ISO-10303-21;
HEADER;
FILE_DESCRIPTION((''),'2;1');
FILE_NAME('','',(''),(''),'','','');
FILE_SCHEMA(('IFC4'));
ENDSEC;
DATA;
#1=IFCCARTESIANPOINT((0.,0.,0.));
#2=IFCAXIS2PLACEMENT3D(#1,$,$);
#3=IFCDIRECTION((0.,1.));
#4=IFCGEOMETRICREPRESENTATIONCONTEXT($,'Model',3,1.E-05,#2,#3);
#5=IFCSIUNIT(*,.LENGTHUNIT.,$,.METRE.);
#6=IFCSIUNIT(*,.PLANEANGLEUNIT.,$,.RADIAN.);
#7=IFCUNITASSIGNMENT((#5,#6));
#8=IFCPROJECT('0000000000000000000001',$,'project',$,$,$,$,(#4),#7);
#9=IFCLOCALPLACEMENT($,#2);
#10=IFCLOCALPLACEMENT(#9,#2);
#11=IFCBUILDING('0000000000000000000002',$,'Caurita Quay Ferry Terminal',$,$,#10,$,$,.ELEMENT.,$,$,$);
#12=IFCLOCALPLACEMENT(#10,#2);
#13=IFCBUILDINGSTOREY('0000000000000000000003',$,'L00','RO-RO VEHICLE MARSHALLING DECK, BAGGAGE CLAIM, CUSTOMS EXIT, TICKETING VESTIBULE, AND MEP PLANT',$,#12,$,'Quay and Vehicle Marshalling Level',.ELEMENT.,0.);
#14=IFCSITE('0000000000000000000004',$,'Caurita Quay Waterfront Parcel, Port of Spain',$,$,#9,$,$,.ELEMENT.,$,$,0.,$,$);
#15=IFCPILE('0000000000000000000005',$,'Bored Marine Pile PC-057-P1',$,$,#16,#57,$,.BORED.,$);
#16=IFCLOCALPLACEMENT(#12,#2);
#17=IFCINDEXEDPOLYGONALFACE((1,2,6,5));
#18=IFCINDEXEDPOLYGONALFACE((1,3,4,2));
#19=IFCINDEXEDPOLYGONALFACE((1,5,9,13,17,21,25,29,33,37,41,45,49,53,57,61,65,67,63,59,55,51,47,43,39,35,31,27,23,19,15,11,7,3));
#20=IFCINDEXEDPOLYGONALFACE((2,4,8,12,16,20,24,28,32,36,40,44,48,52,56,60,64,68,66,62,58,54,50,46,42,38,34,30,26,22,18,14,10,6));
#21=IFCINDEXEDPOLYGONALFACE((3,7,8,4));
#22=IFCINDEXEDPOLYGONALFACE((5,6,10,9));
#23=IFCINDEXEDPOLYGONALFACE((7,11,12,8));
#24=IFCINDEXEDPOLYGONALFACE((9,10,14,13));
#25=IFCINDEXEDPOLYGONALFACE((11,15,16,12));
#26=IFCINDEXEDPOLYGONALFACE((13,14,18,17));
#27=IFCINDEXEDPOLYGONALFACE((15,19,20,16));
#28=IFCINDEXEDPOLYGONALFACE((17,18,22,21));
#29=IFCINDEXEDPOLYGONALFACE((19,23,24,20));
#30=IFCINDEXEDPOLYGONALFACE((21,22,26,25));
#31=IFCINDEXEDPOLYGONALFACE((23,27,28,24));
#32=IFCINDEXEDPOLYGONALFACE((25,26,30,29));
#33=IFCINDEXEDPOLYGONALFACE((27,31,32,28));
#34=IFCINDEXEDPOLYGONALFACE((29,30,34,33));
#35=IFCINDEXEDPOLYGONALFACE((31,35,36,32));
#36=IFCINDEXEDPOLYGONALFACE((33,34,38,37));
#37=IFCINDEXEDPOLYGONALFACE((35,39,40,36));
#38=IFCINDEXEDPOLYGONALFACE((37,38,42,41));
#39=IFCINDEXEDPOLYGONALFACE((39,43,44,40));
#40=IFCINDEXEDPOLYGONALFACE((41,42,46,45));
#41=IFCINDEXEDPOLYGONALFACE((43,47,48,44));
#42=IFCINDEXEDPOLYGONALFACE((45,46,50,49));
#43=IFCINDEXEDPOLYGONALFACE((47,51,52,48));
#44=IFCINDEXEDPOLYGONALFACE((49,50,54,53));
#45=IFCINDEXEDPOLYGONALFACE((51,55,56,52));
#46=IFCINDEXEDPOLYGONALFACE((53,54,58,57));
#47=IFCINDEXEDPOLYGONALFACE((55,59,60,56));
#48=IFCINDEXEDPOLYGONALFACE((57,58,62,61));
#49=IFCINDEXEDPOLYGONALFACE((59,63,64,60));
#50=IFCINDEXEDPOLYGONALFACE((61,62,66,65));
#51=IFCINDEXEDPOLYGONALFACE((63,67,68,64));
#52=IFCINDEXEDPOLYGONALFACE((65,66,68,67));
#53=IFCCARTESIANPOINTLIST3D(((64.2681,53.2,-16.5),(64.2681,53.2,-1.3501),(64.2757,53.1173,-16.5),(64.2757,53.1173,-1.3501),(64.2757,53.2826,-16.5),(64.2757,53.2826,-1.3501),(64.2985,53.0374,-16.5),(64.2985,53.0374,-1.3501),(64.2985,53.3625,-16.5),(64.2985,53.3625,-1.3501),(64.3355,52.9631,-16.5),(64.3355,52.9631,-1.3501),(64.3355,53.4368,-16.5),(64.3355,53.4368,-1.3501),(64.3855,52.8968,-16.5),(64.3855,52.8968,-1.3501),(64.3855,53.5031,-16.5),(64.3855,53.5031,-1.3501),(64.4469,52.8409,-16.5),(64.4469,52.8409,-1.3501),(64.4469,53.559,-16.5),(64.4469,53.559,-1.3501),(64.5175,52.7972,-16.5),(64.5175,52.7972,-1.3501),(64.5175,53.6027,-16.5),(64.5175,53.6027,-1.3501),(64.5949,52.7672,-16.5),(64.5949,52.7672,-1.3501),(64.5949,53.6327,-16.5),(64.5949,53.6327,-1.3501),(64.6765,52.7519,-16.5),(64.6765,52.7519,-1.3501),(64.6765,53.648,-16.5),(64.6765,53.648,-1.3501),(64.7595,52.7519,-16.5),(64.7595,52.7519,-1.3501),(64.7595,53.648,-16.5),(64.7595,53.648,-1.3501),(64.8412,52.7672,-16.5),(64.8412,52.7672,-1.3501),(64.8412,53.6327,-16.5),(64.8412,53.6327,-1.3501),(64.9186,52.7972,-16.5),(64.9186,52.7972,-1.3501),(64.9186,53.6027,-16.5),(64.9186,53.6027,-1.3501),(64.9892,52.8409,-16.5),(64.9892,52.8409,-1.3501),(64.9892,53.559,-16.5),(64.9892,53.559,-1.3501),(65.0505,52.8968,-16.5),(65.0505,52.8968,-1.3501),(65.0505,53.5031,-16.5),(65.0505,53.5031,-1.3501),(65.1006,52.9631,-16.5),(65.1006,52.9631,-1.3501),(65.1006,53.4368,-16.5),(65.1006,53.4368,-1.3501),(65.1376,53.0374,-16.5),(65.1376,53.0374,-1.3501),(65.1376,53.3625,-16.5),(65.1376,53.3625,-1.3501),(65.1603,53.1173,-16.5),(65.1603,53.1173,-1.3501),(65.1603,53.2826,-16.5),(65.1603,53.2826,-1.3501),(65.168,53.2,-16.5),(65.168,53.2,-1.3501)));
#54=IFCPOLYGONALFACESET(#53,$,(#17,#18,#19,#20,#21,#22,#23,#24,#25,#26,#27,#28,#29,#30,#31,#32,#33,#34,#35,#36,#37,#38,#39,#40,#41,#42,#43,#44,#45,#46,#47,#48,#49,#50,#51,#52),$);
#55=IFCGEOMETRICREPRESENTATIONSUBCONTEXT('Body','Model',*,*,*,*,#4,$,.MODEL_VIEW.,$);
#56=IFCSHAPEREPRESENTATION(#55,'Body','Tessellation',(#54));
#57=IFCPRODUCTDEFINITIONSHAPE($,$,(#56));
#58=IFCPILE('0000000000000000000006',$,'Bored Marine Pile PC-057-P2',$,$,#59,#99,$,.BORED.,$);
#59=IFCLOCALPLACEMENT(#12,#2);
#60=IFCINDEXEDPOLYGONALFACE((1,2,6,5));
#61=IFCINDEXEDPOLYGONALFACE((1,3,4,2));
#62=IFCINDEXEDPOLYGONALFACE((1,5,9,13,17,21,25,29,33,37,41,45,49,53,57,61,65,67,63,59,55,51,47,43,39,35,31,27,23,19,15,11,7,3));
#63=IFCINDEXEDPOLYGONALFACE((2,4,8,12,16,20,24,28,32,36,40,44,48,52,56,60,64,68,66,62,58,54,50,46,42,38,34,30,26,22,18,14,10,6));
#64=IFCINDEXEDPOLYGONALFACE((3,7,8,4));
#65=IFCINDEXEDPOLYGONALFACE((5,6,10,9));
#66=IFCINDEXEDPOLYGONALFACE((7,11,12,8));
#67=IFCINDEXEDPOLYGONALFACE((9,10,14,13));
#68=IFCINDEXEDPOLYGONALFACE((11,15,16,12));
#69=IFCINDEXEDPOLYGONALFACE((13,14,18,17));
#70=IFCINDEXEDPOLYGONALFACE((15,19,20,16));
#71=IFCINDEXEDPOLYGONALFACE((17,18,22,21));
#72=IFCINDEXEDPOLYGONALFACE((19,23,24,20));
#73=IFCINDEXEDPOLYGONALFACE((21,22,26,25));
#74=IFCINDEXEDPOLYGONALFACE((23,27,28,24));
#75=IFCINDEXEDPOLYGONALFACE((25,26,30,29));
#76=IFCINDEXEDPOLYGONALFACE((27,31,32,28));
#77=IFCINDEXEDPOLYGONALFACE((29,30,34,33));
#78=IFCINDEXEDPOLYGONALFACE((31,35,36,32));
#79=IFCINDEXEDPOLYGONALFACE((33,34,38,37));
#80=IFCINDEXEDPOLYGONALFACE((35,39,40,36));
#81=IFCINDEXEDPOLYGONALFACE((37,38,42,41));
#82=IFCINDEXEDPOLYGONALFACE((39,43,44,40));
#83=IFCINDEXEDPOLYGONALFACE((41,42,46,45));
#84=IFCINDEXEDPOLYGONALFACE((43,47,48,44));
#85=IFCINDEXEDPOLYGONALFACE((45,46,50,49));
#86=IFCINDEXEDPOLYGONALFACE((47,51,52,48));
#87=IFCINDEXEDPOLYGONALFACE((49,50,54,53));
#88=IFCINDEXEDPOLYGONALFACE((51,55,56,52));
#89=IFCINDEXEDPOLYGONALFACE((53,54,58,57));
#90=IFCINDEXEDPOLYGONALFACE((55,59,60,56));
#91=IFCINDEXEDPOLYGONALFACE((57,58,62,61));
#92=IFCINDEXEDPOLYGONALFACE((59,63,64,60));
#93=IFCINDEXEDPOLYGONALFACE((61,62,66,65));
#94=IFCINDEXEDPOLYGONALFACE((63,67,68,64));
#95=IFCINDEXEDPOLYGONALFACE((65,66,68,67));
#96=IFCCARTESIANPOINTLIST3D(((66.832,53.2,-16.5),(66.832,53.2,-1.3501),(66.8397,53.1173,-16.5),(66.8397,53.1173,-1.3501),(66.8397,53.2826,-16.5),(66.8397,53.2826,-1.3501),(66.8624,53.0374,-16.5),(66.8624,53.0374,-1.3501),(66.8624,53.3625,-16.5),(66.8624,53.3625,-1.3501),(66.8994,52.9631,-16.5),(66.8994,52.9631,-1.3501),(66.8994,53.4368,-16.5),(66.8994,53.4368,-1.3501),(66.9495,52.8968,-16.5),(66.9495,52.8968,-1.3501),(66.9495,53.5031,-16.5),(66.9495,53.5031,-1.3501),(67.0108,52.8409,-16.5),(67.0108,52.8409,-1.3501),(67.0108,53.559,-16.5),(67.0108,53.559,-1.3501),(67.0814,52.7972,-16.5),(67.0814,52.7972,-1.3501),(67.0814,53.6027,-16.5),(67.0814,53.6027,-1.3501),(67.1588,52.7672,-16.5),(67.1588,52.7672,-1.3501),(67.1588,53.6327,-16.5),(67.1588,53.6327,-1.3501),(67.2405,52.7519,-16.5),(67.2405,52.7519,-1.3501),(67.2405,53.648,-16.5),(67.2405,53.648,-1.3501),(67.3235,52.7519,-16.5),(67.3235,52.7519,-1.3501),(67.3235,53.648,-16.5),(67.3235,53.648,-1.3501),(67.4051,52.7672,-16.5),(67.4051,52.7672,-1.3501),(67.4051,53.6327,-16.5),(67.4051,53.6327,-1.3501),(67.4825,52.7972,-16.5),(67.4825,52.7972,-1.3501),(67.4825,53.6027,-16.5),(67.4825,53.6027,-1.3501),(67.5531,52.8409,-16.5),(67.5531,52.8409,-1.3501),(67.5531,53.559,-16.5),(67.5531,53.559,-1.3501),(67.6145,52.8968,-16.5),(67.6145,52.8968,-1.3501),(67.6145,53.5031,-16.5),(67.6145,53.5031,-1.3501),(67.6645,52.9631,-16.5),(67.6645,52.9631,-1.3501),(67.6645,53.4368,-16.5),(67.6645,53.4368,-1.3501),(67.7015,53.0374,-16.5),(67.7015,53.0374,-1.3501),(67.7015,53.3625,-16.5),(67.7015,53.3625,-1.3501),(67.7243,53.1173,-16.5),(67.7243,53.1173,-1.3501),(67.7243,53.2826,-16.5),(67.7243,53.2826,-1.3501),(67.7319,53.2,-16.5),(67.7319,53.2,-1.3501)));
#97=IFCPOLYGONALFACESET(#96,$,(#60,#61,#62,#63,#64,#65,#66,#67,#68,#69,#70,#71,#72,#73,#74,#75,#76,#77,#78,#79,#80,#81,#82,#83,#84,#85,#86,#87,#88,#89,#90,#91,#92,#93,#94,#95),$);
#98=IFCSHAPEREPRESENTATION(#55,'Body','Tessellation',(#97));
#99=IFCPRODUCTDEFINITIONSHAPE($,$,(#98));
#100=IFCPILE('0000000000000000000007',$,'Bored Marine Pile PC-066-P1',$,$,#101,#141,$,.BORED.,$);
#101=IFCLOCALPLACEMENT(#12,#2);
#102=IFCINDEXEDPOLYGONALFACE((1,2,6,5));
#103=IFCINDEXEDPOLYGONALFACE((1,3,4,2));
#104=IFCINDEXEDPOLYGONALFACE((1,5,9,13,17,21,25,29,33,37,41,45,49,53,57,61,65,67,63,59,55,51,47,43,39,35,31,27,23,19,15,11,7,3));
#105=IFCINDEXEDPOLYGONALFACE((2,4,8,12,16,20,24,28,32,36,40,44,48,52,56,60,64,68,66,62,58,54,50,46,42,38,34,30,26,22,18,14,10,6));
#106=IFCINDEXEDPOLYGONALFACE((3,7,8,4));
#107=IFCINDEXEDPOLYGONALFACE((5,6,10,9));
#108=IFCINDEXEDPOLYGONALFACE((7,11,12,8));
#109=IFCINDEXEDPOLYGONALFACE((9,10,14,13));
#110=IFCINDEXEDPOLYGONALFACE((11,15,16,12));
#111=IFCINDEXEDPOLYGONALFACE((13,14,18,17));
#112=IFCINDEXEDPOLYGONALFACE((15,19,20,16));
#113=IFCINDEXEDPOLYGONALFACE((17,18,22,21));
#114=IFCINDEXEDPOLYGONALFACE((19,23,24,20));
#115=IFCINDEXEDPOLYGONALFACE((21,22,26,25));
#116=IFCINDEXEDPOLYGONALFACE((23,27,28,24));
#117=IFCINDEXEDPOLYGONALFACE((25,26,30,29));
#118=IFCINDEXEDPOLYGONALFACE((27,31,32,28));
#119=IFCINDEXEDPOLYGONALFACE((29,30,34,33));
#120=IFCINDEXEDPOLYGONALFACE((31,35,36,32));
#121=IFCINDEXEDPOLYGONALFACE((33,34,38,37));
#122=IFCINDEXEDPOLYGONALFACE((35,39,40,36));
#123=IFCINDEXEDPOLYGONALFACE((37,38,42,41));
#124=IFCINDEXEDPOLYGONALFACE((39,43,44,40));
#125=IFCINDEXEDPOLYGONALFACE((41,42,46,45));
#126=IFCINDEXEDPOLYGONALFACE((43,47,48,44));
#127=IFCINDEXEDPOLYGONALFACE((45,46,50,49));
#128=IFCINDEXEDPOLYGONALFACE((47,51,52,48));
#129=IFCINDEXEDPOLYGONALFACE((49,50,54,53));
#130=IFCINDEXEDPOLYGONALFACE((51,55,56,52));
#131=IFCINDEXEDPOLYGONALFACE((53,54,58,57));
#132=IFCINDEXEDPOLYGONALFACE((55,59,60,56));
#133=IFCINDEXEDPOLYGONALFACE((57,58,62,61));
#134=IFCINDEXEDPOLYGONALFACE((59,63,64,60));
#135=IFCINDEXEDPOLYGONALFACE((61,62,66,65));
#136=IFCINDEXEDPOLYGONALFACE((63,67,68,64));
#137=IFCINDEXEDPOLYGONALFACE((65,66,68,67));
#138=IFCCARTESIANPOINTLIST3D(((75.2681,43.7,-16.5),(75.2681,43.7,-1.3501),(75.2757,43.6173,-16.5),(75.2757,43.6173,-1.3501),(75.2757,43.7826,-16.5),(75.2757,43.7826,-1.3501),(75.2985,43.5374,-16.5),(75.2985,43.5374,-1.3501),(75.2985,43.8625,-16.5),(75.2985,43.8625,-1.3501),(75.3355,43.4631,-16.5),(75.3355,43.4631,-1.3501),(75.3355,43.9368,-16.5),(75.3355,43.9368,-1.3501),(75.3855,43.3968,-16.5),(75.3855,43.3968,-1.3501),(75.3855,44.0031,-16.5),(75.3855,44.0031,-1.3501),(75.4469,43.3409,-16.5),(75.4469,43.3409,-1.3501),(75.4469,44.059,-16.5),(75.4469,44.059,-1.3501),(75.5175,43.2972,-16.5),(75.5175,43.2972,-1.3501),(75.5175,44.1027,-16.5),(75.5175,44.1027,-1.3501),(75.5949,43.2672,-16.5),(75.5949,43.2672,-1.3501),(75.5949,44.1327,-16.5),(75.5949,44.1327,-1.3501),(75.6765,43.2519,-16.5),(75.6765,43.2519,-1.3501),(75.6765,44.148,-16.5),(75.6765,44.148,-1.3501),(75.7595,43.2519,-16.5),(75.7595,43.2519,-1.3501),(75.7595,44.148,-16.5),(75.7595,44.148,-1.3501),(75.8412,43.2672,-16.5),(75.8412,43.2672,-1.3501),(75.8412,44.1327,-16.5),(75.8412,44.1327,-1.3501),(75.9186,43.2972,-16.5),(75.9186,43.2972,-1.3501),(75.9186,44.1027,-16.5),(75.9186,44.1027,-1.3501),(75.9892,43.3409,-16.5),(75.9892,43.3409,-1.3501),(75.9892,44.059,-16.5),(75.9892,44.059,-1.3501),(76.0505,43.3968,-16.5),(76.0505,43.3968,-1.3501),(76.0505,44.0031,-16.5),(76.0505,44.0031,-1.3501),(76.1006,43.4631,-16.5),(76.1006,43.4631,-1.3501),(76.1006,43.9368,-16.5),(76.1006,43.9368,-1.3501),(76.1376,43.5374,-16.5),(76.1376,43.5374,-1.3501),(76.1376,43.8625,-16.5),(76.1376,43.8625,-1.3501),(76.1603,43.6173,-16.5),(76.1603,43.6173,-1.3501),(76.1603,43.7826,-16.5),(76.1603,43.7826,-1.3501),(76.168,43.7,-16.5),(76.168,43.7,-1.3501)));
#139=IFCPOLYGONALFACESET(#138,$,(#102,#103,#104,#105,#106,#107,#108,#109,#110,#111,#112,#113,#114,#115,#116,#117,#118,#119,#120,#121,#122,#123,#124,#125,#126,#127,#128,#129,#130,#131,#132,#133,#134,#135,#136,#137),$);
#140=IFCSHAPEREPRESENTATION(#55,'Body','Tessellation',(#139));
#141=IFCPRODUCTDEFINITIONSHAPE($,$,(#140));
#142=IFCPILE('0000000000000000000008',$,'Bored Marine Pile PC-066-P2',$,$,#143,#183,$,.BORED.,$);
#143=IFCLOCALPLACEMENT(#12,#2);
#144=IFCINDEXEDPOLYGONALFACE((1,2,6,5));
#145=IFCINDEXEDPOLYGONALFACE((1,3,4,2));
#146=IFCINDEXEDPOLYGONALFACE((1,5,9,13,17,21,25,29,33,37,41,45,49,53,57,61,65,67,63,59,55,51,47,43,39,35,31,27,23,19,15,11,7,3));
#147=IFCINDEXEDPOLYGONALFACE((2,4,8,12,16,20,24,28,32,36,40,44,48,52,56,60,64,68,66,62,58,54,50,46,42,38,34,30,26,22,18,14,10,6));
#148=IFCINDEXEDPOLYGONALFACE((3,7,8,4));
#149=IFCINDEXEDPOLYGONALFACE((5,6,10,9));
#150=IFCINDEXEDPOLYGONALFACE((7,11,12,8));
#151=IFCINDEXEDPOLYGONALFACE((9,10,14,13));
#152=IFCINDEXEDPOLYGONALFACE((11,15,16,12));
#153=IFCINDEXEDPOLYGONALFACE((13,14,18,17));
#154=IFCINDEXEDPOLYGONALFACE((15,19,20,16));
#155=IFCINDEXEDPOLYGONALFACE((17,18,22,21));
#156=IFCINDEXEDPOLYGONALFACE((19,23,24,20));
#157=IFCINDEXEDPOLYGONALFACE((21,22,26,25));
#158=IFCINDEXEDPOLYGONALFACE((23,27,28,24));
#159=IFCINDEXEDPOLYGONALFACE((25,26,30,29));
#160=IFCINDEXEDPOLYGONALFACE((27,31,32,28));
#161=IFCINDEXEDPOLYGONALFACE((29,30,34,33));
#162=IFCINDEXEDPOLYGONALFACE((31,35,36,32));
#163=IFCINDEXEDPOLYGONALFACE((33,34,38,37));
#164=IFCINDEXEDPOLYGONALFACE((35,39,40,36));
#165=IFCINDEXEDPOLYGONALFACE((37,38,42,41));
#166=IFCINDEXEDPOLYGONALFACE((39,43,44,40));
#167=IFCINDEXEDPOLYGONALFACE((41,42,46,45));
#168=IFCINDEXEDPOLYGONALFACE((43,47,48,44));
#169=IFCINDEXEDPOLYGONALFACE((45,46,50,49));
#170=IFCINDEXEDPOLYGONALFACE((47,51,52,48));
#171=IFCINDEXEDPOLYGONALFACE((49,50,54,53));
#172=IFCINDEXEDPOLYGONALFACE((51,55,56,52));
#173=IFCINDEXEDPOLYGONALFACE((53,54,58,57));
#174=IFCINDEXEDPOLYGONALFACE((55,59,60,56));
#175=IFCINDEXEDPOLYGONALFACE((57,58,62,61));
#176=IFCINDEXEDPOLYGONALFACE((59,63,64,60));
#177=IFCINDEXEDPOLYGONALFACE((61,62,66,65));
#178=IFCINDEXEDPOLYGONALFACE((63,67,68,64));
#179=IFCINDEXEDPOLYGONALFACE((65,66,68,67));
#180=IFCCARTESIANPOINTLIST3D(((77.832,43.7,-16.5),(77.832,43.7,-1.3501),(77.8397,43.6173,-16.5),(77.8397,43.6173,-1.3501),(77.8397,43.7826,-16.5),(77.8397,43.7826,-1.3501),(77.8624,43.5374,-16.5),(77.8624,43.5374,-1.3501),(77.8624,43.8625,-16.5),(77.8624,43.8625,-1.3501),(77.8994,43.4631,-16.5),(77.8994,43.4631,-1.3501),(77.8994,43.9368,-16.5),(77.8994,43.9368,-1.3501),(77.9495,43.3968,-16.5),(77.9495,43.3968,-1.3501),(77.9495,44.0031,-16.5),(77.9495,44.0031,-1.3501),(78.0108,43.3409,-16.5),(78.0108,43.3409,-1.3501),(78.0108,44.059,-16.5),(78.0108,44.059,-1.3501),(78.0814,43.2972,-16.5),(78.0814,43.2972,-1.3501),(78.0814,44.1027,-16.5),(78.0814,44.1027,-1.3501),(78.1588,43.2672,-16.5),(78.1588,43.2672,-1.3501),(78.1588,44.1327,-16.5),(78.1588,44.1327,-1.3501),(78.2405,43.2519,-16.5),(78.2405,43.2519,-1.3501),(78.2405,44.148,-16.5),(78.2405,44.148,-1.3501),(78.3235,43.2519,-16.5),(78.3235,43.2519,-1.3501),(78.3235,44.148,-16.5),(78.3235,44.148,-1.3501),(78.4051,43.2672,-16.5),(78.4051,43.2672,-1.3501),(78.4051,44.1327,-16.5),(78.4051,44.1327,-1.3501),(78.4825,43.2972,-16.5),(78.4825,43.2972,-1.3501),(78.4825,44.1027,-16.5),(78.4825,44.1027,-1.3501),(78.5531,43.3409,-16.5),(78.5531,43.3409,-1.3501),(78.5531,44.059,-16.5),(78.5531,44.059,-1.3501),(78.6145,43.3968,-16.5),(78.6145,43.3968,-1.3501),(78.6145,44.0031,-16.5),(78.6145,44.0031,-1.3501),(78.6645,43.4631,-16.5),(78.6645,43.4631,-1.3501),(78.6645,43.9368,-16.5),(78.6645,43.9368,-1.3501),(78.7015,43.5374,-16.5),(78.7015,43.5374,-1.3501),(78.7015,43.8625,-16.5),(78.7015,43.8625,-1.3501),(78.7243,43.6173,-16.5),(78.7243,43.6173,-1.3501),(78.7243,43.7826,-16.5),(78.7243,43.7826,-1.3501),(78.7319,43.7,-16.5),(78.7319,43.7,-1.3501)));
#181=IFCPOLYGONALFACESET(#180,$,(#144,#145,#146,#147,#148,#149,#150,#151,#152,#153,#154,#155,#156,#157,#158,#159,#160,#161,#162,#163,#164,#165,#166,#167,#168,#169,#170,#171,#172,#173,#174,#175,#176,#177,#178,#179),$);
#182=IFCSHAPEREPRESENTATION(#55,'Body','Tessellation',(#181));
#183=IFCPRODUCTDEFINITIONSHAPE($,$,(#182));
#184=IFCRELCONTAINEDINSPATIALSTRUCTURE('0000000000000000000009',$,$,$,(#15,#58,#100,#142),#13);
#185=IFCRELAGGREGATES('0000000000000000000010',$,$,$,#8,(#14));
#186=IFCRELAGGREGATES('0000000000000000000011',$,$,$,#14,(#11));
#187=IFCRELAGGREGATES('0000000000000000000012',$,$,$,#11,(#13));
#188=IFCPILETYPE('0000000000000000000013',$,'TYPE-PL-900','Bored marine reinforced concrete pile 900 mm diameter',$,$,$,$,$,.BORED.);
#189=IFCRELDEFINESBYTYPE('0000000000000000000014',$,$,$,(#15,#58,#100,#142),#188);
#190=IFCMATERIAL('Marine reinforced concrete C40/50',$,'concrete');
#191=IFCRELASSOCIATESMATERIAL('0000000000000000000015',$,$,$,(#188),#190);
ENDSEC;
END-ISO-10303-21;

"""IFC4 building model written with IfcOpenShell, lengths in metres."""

from ifc_helpers import new_model, si_unit, direction, frame, origin, origin_2d, place, context, subcontext, project, spatial, circle, extrude, material, material_profile, profile_set, type_object, element, save


model = new_model("IFC4")

# Units and contexts
model_context = context("Model", 3, precision=1e-05, world=origin(), true_north=direction((0.0, 1.0)))
body_context = subcontext(model_context, "Body", "Model", "MODEL_VIEW")
ifc_project = project(units=[si_unit("LENGTHUNIT", "METRE"), si_unit("PLANEANGLEUNIT", "RADIAN")], contexts=[model_context])

# Site, building, storey
site_placement = place(None, origin())
site = spatial("IfcSite", under=ifc_project, at=site_placement, Name="Caurita Quay Waterfront Parcel, Port of Spain", CompositionType="ELEMENT", RefElevation=0.0)
building_placement = place(site_placement, origin())
building = spatial("IfcBuilding", under=site, at=building_placement, Name="Caurita Quay Ferry Terminal", CompositionType="ELEMENT")
storey_placement = place(building_placement, origin())
storey = spatial("IfcBuildingStorey", under=building, at=storey_placement, Name="L00", Description="RO-RO VEHICLE MARSHALLING DECK, BAGGAGE CLAIM, CUSTOMS EXIT, TICKETING VESTIBULE, AND MEP PLANT", LongName="Quay and Vehicle Marshalling Level", CompositionType="ELEMENT", Elevation=0.0)

# Piles
ifc_material_1 = material(Name="Marine reinforced concrete C40/50", Category="concrete")
ifc_material_profile_1 = material_profile(ifc_material_1, circle(Radius=0.45, at=origin_2d()), Name="PILE-D900")
ifc_profile_set_1 = profile_set([ifc_material_profile_1], Name="Marine reinforced concrete C40/50")
pile_type_1 = type_object("IfcPileType", Name="TYPE-PL-900", Description="Bored marine reinforced concrete pile 900 mm diameter", PredefinedType="BORED", material=ifc_profile_set_1)
for number, where, z_axis, x_axis, name in (
    (1, (64.718, 53.2, -1.3501), (0.0, 0.0, -1.0), (1.0, 0.0, 0.0), "Bored Marine Pile PC-057-P1"),
    (2, (67.282, 53.2, -1.3501), (0.0, 0.0, -1.0), (1.0, 0.0, 0.0), "Bored Marine Pile PC-057-P2"),
    (3, (75.718, 43.7, -1.3501), (0.0, 0.0, -1.0), (1.0, 0.0, 0.0), "Bored Marine Pile PC-066-P1"),
    (4, (78.282, 43.7, -1.3501), (0.0, 0.0, -1.0), (1.0, 0.0, 0.0), "Bored Marine Pile PC-066-P2"),
):
    element("IfcPile", number, at=place(storey_placement, frame(where, z_axis=z_axis, x_axis=x_axis)), inside=storey, type_object=pile_type_1, Name=name, PredefinedType="BORED", context=body_context, shape_type="SweptSolid", body=[
        extrude(circle(Radius=0.45, at=origin_2d()), origin(), (0.0, 0.0, 1.0), 15.1499),
    ])

save(model, "model.ifc")
